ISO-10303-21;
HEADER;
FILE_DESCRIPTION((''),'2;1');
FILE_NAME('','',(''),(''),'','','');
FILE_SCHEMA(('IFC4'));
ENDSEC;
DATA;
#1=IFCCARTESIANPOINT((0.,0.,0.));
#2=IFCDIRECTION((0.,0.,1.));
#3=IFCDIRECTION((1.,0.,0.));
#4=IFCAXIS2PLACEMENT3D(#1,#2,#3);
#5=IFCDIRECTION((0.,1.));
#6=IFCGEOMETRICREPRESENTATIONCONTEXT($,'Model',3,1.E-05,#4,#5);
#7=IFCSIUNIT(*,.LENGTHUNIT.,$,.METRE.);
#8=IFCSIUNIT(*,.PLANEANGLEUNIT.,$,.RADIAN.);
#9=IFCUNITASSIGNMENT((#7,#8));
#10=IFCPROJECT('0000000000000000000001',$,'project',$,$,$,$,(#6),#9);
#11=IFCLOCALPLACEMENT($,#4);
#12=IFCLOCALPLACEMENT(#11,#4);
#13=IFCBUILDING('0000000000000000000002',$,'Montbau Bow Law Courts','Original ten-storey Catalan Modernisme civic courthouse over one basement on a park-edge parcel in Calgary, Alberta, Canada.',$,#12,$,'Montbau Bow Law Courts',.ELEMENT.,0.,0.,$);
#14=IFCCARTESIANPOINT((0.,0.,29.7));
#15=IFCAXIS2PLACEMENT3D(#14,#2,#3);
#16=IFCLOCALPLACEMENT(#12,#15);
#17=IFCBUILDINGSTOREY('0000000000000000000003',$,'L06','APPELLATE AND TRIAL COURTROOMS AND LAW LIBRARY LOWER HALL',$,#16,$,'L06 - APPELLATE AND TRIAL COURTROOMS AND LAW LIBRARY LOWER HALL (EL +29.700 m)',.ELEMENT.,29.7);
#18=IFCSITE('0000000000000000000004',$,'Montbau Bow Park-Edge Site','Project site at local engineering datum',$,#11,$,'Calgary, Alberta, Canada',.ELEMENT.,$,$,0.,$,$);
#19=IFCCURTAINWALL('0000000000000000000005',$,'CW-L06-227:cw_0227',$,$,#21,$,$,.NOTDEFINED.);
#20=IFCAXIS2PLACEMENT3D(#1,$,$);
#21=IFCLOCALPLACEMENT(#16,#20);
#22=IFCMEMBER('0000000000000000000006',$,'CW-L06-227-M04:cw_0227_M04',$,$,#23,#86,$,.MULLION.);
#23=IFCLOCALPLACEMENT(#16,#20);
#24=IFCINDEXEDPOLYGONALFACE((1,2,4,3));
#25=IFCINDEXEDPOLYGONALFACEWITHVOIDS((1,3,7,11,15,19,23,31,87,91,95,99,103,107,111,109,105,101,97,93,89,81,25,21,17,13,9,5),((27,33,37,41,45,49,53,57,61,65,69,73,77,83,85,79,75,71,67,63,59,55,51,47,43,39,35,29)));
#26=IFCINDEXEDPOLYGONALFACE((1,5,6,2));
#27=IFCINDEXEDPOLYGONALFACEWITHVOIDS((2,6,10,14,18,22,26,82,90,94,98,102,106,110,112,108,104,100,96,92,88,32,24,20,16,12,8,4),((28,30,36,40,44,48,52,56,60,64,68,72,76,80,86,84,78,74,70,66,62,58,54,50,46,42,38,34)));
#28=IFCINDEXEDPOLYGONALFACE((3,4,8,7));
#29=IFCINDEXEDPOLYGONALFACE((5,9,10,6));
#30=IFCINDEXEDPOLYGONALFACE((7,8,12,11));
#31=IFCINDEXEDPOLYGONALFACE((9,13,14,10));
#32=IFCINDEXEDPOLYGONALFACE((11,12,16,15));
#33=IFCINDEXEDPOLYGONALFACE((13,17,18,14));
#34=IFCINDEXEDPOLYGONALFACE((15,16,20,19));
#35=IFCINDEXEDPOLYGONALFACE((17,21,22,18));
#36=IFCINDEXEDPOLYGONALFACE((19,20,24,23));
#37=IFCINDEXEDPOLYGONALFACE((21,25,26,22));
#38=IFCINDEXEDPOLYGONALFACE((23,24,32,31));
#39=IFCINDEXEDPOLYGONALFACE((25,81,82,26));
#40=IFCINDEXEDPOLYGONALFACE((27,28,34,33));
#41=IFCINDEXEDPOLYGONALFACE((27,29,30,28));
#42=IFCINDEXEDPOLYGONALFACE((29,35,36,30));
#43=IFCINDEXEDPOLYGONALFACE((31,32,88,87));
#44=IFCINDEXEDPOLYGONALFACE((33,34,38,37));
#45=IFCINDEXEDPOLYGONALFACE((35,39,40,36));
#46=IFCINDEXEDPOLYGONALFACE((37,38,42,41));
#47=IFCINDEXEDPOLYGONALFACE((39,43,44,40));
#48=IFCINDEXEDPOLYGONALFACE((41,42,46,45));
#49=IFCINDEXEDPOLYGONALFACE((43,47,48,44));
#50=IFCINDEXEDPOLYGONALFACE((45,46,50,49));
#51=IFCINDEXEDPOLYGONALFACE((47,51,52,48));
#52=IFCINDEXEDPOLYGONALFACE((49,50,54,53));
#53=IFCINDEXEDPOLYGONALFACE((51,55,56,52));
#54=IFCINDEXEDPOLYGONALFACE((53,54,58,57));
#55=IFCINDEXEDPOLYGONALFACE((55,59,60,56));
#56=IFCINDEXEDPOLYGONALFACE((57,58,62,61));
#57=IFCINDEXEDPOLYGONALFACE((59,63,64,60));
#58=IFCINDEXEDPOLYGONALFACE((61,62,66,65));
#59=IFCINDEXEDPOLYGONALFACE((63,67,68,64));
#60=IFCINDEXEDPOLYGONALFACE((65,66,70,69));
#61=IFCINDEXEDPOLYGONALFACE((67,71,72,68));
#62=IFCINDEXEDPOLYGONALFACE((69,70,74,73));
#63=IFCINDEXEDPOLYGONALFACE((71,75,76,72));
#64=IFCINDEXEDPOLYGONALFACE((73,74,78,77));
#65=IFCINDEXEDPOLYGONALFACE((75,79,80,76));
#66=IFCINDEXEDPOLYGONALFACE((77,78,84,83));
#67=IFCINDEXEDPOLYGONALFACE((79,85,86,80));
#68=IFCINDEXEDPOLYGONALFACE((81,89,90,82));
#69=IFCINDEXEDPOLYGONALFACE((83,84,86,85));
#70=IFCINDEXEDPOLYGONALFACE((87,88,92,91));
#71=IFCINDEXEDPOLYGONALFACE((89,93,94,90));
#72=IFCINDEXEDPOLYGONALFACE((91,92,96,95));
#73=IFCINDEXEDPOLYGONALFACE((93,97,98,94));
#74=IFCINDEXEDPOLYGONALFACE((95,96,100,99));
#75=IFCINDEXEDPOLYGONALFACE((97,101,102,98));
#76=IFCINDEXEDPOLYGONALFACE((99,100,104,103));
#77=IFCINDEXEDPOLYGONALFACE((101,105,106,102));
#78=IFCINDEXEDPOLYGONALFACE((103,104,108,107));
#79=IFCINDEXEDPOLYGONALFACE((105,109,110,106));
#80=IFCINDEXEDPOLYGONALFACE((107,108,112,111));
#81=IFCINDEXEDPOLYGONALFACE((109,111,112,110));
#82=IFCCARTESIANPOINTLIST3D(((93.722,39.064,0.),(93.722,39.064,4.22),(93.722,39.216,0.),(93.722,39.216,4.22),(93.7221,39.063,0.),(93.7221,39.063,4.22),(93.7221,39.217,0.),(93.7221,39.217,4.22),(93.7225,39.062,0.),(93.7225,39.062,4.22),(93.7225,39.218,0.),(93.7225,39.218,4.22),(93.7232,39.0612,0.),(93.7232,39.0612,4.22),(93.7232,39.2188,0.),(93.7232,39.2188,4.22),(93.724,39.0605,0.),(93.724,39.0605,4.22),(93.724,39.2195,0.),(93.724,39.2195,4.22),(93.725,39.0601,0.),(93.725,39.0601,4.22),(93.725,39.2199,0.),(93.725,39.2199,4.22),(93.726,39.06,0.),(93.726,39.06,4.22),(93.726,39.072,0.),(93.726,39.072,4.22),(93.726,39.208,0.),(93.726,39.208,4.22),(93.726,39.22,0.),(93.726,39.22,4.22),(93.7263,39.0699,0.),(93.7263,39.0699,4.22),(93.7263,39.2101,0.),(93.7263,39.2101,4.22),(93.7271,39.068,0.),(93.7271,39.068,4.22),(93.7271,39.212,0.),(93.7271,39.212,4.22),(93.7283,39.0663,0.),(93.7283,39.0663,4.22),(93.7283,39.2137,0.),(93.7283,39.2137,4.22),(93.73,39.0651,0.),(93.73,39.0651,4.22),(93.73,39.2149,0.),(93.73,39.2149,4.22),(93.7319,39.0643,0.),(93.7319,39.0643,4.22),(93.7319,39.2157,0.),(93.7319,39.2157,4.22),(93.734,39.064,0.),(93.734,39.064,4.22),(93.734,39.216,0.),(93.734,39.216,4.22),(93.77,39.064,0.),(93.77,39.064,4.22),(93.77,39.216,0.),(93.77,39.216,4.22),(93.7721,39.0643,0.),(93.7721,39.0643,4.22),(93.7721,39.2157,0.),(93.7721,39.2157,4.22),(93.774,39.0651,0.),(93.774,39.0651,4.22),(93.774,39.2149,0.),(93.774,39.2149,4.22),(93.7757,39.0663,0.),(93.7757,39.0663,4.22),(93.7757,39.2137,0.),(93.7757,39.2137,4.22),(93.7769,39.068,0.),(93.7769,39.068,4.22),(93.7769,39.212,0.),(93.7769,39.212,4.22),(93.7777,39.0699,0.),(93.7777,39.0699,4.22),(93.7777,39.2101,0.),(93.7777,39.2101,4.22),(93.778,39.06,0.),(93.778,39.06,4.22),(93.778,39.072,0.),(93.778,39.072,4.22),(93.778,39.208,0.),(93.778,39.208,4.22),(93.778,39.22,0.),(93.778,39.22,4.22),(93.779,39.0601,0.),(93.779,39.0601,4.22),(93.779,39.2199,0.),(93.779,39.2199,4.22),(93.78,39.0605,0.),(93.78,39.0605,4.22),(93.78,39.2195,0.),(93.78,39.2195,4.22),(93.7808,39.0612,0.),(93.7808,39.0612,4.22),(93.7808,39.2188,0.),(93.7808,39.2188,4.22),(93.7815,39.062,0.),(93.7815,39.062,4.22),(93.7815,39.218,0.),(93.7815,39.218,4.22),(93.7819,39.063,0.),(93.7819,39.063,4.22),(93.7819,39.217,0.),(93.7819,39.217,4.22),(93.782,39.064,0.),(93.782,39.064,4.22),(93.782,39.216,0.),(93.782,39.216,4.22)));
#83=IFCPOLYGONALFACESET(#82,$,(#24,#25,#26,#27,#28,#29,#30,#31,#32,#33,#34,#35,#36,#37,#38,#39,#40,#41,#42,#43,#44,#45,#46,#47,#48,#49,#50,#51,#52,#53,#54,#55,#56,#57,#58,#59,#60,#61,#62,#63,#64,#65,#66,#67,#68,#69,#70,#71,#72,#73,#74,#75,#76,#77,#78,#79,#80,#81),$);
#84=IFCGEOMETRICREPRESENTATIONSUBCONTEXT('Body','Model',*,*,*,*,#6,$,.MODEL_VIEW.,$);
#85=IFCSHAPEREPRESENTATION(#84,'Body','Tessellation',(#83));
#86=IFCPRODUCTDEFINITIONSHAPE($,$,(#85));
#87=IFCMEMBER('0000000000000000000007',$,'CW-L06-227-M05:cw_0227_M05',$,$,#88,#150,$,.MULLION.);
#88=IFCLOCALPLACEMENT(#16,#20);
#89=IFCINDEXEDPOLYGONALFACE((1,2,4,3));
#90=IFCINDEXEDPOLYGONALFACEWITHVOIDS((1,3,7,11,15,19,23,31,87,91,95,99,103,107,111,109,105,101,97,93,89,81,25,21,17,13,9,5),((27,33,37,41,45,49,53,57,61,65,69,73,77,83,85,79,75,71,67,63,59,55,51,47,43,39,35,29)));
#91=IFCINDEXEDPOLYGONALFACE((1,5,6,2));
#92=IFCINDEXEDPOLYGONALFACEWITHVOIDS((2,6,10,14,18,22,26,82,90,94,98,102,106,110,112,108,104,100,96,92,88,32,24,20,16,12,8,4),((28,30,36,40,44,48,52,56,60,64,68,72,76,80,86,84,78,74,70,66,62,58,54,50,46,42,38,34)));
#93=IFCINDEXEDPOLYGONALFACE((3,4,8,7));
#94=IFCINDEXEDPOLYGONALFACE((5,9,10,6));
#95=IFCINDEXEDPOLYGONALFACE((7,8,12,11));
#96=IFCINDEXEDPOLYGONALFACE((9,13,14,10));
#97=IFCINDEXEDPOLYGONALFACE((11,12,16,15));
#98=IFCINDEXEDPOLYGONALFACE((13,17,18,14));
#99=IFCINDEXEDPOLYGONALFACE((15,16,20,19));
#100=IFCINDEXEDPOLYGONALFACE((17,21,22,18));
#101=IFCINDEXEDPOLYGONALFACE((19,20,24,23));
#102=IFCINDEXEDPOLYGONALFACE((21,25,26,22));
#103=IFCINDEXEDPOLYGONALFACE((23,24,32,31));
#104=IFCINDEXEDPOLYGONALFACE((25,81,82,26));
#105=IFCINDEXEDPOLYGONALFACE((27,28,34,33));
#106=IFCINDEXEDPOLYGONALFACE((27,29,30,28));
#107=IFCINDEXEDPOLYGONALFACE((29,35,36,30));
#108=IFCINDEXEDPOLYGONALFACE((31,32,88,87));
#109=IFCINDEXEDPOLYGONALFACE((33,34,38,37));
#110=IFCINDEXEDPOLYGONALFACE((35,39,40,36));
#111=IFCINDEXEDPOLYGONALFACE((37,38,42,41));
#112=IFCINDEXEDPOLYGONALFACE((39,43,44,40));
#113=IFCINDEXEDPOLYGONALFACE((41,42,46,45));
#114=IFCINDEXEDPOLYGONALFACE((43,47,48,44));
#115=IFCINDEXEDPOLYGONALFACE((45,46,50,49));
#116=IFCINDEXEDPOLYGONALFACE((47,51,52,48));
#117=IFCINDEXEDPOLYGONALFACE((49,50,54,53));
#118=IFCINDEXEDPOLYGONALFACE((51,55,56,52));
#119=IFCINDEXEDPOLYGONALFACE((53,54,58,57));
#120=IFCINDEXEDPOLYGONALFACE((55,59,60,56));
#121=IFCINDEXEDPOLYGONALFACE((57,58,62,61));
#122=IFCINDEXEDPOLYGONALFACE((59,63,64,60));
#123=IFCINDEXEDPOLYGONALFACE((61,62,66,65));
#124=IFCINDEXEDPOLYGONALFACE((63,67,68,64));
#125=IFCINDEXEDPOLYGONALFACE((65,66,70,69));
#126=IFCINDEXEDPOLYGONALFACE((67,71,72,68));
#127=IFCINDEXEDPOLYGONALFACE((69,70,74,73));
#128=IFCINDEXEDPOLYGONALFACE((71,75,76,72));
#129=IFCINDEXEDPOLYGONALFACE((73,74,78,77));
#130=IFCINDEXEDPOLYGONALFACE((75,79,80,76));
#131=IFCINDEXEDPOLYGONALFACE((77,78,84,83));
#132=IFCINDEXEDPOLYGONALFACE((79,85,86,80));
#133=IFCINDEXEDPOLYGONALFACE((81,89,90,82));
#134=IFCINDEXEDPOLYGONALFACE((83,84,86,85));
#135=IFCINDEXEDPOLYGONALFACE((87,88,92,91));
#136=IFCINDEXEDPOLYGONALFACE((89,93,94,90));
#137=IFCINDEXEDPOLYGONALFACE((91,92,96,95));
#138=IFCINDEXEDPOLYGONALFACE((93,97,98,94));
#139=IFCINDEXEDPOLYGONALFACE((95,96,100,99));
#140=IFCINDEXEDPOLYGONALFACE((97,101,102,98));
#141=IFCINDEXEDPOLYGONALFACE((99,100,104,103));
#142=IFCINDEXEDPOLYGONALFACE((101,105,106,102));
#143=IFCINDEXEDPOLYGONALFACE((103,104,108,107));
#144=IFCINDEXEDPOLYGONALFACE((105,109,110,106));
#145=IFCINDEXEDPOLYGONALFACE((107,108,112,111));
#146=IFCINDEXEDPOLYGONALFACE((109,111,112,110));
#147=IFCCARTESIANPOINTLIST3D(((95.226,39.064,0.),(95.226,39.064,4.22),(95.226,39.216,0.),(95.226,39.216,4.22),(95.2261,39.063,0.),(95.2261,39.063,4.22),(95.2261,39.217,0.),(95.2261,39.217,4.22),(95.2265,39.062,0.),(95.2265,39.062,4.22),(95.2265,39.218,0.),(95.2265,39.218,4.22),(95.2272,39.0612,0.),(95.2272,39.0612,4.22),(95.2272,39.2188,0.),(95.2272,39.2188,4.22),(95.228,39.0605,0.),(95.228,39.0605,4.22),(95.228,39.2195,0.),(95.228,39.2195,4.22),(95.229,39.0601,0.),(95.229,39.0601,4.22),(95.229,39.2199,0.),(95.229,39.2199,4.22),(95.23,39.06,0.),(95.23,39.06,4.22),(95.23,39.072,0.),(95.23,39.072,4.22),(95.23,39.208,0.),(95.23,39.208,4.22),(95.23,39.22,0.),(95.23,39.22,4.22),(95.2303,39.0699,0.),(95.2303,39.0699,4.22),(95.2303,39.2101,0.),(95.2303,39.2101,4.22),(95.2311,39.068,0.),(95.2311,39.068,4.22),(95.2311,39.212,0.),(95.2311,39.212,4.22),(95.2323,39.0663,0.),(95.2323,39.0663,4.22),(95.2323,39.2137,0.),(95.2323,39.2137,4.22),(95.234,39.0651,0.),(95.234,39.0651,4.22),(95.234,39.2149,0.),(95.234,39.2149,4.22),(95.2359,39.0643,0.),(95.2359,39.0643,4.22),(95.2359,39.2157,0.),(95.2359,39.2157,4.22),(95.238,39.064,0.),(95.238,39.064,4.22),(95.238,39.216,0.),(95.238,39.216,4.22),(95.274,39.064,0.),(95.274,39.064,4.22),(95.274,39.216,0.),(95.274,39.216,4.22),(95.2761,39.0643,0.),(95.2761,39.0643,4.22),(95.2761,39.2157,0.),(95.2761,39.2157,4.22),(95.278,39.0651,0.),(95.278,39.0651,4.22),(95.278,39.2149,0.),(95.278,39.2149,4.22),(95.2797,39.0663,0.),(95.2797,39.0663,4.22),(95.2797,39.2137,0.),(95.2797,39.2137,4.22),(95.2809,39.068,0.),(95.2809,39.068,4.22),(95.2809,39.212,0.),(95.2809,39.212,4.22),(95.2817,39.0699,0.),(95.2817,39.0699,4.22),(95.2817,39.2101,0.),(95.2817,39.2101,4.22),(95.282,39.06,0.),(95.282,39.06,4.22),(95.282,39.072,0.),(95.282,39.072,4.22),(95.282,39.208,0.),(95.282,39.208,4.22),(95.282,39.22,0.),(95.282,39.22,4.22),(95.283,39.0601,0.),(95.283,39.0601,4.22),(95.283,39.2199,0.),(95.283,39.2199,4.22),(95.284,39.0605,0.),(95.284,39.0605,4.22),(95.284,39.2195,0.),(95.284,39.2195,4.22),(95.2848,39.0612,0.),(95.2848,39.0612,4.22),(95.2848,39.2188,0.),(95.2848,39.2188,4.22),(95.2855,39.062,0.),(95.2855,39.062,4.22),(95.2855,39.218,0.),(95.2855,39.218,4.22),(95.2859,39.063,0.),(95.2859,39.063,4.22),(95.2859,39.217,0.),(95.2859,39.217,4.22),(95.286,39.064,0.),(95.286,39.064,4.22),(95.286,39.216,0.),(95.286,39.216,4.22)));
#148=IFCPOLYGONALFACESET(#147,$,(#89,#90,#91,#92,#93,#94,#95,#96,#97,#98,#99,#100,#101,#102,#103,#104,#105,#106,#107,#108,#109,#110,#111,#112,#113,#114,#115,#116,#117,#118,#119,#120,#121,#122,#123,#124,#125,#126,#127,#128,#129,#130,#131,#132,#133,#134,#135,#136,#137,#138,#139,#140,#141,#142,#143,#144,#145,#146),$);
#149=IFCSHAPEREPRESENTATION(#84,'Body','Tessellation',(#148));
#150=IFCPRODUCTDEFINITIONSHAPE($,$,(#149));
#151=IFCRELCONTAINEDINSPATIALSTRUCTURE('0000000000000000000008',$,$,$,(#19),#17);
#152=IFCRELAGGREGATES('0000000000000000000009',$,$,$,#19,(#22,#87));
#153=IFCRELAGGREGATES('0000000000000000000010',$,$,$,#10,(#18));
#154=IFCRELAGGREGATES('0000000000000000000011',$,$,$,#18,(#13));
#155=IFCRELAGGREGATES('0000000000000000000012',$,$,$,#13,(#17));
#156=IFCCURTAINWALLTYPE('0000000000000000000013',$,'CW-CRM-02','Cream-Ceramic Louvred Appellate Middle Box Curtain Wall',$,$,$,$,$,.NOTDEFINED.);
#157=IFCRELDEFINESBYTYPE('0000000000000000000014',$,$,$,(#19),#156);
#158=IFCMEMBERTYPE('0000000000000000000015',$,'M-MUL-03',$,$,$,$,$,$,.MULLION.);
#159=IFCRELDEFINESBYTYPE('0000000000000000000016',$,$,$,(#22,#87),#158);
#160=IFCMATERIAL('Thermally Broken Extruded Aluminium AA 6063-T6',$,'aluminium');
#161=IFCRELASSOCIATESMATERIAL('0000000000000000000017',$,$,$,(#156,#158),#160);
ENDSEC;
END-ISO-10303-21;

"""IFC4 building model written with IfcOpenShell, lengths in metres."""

from ifc_helpers import new_model, si_unit, direction, frame, origin_with_axes, origin_2d_with_axis, place, context, subcontext, project, spatial, hollow_rectangle, extrude, material, material_profile, profile_set, type_object, element, aggregate, save


model = new_model("IFC4")

# Units and contexts
model_context = context("Model", 3, precision=1e-05, world=origin_with_axes(), true_north=direction((0.0, 1.0)))
body_context = subcontext(model_context, "Body", "Model", "MODEL_VIEW")
ifc_project = project(units=[si_unit("LENGTHUNIT", "METRE"), si_unit("PLANEANGLEUNIT", "RADIAN")], contexts=[model_context])

# Site, building, storey
site_placement = place(None, origin_with_axes())
site = spatial("IfcSite", under=ifc_project, at=site_placement, Name="Montbau Bow Park-Edge Site", Description="Project site at local engineering datum", LongName="Calgary, Alberta, Canada", CompositionType="ELEMENT", RefElevation=0.0)
building_placement = place(site_placement, origin_with_axes())
building = spatial("IfcBuilding", under=site, at=building_placement, Name="Montbau Bow Law Courts", Description="Original ten-storey Catalan Modernisme civic courthouse over one basement on a park-edge parcel in Calgary, Alberta, Canada.", LongName="Montbau Bow Law Courts", CompositionType="ELEMENT", ElevationOfRefHeight=0.0, ElevationOfTerrain=0.0)
storey_placement = place(building_placement, frame((0.0, 0.0, 29.7), z_axis=(0.0, 0.0, 1.0), x_axis=(1.0, 0.0, 0.0)))
storey = spatial("IfcBuildingStorey", under=building, at=storey_placement, Name="L06", Description="APPELLATE AND TRIAL COURTROOMS AND LAW LIBRARY LOWER HALL", LongName="L06 - APPELLATE AND TRIAL COURTROOMS AND LAW LIBRARY LOWER HALL (EL +29.700 m)", CompositionType="ELEMENT", Elevation=29.7)

# Curtain wall, members
ifc_material_1 = material(Name="Thermally Broken Extruded Aluminium AA 6063-T6", Category="aluminium")
curtain_wall_type = type_object("IfcCurtainWallType", Name="CW-CRM-02", Description="Cream-Ceramic Louvred Appellate Middle Box Curtain Wall", PredefinedType="NOTDEFINED", material=ifc_material_1)
curtain_wall_placement = place(None, frame((89.24, 39.14, 29.7), z_axis=(0.0, 0.0, 1.0), x_axis=(1.0, 0.0, 0.0)))
curtain_wall = element("IfcCurtainWall", 1, at=curtain_wall_placement, inside=storey, type_object=curtain_wall_type, Name="CW-L06-227:cw_0227", PredefinedType="NOTDEFINED")
ifc_material_profile_1 = material_profile(ifc_material_1, hollow_rectangle(XDim=0.06, YDim=0.16, WallThickness=0.004, InnerFilletRadius=0.008, OuterFilletRadius=0.004, at=origin_2d_with_axis()), Name="CWM-160X60", Category="Main", Priority=0)
ifc_profile_set_1 = profile_set([ifc_material_profile_1], Name="Thermally Broken Extruded Aluminium AA 6063-T6")
member_type_1 = type_object("IfcMemberType", Name="M-MUL-03", PredefinedType="MULLION", material=ifc_profile_set_1)
member_1_placement = place(None, frame((93.752, 39.14, 29.7), z_axis=(0.0, 0.0, 1.0), x_axis=(1.0, 0.0, 0.0)))
member_1 = element("IfcMember", 2, at=member_1_placement, type_object=member_type_1, Name="CW-L06-227-M04:cw_0227_M04", PredefinedType="MULLION", context=body_context, shape_type="SweptSolid", body=[
    extrude(hollow_rectangle(XDim=0.06, YDim=0.16, WallThickness=0.004, InnerFilletRadius=0.008, OuterFilletRadius=0.004, at=origin_2d_with_axis()), origin_with_axes(), (0.0, 0.0, 1.0), 4.22),
])
member_2_placement = place(None, frame((95.256, 39.14, 29.7), z_axis=(0.0, 0.0, 1.0), x_axis=(1.0, 0.0, 0.0)))
member_2 = element("IfcMember", 3, at=member_2_placement, type_object=member_type_1, Name="CW-L06-227-M05:cw_0227_M05", PredefinedType="MULLION", context=body_context, shape_type="SweptSolid", body=[
    extrude(hollow_rectangle(XDim=0.06, YDim=0.16, WallThickness=0.004, InnerFilletRadius=0.008, OuterFilletRadius=0.004, at=origin_2d_with_axis()), origin_with_axes(), (0.0, 0.0, 1.0), 4.22),
])
aggregate(curtain_wall, [member_1, member_2])

save(model, "model.ifc")
